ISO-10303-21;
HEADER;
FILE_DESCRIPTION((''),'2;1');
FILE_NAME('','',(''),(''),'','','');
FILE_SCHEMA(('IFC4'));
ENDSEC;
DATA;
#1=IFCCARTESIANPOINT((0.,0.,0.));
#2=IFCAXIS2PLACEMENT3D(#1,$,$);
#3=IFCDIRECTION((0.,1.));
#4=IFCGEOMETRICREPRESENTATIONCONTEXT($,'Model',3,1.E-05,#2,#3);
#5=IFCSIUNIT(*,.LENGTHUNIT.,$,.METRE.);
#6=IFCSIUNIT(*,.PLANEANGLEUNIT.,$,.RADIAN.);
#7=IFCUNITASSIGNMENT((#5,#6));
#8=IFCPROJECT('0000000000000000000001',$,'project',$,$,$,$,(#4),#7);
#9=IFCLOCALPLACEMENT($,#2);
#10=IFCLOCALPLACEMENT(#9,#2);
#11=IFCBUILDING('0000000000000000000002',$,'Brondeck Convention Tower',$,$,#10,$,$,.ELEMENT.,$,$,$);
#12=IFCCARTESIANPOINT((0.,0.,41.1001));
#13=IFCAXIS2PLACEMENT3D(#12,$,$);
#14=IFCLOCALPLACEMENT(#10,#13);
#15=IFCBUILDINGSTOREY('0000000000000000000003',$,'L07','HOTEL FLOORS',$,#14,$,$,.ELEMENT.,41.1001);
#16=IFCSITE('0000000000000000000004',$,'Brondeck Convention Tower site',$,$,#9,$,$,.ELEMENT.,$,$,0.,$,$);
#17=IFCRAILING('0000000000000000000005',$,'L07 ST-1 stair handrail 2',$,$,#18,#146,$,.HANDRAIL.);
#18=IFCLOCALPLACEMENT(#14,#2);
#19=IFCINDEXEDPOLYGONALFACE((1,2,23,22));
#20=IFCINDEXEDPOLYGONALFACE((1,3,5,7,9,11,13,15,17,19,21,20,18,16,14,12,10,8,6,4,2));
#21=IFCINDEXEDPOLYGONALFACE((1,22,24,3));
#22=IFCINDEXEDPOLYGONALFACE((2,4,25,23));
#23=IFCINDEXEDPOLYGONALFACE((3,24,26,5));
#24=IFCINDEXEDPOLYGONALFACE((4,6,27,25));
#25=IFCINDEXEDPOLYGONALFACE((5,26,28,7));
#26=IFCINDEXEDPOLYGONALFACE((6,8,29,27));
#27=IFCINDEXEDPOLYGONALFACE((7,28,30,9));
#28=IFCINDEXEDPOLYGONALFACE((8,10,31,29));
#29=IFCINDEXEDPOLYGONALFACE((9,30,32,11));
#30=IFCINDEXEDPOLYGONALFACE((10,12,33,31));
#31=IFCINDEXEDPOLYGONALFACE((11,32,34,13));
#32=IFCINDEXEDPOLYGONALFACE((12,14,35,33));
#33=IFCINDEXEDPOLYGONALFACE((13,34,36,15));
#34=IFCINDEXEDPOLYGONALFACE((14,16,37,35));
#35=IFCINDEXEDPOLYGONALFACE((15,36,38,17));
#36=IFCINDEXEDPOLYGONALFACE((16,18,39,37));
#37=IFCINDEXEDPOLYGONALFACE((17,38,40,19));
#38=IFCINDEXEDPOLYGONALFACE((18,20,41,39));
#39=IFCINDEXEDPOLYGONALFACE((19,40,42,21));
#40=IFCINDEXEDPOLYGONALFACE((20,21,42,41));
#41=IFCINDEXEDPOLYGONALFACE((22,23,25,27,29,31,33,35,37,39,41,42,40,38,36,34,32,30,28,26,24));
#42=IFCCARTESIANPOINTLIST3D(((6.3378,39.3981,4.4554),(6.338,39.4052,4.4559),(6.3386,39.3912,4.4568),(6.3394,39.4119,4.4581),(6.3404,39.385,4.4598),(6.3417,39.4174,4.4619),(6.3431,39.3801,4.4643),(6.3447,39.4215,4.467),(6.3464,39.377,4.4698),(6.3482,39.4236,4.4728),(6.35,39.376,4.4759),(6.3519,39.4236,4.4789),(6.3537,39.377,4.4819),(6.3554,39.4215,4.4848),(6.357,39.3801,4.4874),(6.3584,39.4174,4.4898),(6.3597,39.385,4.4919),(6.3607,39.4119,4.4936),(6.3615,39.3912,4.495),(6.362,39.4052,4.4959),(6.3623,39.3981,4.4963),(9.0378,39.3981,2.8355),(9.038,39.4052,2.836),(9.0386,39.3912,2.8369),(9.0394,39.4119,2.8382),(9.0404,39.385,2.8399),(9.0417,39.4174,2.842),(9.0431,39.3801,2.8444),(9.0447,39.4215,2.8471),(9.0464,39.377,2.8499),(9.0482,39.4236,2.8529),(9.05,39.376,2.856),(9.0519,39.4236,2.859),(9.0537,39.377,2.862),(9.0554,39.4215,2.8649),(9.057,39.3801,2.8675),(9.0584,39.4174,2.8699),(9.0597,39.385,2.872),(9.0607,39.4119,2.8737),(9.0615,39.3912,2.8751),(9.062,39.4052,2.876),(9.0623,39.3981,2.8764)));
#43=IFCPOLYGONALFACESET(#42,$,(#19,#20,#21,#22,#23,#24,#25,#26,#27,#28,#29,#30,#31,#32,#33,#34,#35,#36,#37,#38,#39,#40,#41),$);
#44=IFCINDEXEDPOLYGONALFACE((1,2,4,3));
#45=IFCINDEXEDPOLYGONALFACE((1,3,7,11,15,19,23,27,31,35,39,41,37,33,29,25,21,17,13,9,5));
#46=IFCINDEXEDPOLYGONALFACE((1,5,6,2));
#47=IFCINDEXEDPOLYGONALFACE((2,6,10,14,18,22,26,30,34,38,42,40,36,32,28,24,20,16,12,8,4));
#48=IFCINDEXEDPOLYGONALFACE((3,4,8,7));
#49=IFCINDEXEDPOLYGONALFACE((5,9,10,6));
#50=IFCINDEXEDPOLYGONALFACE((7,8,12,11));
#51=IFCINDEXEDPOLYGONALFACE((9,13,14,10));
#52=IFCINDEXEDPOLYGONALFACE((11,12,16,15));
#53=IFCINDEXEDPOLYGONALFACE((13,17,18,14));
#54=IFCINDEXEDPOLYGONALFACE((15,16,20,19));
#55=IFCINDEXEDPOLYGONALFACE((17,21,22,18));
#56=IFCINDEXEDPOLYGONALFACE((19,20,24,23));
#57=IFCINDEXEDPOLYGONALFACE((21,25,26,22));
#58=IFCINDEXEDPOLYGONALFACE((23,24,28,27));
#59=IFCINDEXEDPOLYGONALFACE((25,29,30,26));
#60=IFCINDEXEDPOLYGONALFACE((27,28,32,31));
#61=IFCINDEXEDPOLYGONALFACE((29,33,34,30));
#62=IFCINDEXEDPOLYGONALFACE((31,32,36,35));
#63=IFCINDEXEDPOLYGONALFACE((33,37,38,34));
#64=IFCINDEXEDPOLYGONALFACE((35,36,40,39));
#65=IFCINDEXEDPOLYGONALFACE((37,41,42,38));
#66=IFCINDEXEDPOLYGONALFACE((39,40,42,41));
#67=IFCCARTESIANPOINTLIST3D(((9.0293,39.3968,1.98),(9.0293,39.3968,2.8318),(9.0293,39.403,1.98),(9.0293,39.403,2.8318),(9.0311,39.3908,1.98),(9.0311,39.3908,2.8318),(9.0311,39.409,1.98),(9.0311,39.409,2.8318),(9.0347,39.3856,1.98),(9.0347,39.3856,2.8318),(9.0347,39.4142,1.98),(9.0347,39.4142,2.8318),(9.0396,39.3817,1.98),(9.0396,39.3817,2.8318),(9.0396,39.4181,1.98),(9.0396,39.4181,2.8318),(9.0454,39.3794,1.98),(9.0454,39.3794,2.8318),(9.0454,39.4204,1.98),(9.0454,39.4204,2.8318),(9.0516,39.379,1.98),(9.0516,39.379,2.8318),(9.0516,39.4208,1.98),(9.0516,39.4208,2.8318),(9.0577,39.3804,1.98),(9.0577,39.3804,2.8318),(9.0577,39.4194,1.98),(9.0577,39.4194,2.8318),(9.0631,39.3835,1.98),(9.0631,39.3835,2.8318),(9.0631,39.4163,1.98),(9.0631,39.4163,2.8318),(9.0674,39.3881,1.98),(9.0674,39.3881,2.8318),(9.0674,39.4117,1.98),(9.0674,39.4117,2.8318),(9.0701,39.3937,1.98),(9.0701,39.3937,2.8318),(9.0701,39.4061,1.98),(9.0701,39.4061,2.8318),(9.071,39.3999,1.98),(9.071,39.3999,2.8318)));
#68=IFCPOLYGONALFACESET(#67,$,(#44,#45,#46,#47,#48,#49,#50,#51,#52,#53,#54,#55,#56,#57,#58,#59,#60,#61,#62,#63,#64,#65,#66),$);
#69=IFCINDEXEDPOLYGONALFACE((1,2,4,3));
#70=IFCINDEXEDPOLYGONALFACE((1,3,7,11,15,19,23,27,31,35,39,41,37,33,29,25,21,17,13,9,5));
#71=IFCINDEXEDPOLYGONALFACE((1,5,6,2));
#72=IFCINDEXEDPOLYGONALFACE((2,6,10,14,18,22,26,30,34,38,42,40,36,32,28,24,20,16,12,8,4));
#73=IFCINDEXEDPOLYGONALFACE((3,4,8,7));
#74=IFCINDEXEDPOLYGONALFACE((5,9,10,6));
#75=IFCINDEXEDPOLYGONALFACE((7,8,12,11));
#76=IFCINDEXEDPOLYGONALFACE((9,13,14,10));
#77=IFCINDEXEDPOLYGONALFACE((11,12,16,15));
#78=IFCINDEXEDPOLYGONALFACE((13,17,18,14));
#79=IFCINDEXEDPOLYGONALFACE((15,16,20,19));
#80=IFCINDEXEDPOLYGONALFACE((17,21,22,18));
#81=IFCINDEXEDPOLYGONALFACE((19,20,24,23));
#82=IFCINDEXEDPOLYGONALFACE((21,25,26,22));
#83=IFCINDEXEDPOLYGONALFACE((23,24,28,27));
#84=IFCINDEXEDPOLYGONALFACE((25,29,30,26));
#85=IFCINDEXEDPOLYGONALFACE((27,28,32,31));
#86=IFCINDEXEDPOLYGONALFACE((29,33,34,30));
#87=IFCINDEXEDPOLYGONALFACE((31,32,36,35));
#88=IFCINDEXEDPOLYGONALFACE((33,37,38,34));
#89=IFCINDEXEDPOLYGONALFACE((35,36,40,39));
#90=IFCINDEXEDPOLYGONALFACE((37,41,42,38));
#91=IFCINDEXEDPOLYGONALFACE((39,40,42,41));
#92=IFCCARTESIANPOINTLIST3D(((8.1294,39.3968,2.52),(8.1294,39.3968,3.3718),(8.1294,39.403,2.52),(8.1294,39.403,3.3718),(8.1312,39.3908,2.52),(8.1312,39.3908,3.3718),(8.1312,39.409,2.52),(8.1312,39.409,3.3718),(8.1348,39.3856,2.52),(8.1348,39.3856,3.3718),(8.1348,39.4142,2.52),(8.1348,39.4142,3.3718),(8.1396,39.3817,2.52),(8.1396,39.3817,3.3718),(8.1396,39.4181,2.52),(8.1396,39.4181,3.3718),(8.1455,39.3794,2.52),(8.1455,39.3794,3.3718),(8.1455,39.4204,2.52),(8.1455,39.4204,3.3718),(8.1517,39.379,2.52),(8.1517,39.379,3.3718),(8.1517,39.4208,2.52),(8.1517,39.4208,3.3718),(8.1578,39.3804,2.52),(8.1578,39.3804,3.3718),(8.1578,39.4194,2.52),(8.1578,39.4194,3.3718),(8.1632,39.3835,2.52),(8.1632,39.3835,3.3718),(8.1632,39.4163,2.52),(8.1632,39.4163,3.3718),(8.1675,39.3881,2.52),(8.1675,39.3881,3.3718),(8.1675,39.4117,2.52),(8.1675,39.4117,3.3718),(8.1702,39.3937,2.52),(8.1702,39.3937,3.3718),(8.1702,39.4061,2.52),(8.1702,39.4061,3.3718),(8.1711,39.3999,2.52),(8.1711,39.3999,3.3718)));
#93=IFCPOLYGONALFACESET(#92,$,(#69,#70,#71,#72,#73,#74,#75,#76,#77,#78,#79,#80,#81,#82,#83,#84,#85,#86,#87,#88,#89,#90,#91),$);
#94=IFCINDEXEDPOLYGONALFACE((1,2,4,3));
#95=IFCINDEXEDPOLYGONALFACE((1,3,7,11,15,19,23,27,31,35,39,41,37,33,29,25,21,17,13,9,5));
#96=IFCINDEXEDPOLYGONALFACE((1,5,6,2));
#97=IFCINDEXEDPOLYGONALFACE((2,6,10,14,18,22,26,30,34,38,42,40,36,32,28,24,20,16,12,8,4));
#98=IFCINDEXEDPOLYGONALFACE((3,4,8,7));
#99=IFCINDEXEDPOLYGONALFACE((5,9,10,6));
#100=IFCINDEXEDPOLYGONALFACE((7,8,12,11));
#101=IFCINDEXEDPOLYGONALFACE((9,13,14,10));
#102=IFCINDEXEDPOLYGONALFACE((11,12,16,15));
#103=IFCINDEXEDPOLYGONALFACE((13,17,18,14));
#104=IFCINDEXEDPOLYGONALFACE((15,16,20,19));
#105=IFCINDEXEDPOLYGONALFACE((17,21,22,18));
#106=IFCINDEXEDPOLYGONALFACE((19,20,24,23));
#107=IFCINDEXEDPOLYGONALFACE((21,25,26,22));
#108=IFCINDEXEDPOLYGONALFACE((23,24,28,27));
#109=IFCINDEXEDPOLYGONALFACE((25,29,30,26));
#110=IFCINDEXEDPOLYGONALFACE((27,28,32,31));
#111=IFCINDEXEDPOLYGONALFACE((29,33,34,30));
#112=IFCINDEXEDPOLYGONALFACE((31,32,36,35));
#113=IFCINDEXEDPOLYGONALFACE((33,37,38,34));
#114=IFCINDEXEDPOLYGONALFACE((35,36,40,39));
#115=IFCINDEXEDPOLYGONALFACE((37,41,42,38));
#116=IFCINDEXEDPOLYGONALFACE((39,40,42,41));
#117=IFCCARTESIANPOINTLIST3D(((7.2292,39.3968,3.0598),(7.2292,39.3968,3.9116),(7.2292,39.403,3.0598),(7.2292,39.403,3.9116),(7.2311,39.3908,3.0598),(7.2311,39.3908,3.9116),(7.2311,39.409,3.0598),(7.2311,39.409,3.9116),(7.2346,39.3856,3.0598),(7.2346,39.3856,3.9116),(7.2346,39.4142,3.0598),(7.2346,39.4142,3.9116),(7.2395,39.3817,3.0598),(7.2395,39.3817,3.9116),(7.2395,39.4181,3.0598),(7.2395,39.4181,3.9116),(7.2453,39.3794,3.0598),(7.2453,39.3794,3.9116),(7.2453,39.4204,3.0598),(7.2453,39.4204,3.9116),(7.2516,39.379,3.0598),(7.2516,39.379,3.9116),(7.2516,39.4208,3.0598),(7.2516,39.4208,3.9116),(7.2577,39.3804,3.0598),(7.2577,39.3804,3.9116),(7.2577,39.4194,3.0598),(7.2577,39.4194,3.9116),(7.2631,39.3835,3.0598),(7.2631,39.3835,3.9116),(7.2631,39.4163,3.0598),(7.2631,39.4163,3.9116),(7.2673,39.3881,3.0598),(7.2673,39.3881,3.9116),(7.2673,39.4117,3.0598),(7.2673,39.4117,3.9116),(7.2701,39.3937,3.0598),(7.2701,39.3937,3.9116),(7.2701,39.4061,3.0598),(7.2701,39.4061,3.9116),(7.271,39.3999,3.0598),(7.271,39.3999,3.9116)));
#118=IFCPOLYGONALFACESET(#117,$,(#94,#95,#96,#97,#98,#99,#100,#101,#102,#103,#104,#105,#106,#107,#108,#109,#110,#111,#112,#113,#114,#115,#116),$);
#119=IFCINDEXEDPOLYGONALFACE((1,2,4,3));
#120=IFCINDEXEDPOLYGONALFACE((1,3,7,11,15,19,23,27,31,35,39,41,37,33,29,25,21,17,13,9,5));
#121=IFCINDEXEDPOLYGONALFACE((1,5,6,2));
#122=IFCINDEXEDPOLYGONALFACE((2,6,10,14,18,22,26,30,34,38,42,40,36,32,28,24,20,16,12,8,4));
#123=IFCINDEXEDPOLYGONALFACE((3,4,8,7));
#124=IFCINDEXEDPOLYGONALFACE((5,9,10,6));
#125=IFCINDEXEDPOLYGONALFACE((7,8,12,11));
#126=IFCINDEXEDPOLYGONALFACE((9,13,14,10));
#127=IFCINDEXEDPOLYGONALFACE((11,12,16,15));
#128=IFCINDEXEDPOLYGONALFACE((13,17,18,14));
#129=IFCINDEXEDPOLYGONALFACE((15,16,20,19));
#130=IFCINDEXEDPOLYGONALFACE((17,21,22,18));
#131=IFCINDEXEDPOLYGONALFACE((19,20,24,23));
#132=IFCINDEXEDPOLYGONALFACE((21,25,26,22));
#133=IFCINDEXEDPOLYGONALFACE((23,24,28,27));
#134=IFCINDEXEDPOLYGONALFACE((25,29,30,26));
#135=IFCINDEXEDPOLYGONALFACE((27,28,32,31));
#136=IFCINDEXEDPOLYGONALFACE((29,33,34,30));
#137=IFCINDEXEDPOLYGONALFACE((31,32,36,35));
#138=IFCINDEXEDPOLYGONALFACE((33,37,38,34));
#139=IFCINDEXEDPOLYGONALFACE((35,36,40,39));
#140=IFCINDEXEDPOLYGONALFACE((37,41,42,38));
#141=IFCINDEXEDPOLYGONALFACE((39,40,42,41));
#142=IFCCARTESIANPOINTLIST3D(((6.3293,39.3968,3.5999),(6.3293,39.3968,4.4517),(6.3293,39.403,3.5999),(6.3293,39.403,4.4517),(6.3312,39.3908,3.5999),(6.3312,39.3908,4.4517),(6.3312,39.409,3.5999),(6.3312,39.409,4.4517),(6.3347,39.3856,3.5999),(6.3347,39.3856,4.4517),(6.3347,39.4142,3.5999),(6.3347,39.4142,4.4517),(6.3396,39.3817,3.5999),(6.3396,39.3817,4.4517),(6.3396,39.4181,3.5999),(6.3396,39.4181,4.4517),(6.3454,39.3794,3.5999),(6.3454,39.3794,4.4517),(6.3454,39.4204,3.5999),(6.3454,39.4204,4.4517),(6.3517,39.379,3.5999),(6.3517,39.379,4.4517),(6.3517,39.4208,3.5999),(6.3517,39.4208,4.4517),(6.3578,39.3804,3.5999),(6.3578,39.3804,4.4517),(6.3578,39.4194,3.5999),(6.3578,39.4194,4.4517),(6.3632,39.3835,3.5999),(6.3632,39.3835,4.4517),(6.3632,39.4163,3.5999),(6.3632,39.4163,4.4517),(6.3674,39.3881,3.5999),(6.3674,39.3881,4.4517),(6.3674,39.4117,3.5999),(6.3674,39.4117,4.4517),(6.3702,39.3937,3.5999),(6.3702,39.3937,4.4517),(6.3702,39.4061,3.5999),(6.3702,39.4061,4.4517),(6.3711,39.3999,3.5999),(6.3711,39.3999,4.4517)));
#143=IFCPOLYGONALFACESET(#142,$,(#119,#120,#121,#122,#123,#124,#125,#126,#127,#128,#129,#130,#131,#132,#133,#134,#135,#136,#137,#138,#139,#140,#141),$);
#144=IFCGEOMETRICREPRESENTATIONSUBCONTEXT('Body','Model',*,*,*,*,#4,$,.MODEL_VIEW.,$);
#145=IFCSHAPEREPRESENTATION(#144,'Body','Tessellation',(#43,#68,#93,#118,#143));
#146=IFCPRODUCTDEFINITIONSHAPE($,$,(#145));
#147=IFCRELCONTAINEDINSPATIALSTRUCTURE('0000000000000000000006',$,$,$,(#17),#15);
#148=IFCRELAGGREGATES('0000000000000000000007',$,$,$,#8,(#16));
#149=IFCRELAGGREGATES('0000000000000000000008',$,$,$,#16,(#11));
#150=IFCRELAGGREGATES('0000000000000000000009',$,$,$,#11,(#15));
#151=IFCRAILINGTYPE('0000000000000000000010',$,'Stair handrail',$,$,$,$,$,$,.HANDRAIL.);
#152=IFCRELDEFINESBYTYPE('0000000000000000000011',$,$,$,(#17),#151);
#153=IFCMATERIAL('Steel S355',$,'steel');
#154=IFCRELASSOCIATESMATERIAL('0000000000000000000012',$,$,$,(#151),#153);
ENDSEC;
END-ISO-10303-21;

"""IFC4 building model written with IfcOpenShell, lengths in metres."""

from ifc_helpers import new_model, si_unit, direction, frame, origin, origin_2d, place, context, subcontext, project, spatial, circle, extrude, material, type_object, element, save


model = new_model("IFC4")

# Units and contexts
model_context = context("Model", 3, precision=1e-05, world=origin(), true_north=direction((0.0, 1.0)))
body_context = subcontext(model_context, "Body", "Model", "MODEL_VIEW")
ifc_project = project(units=[si_unit("LENGTHUNIT", "METRE"), si_unit("PLANEANGLEUNIT", "RADIAN")], contexts=[model_context])

# Site, building, storey
site_placement = place(None, origin())
site = spatial("IfcSite", under=ifc_project, at=site_placement, Name="Brondeck Convention Tower site", CompositionType="ELEMENT", RefElevation=0.0)
building_placement = place(site_placement, origin())
building = spatial("IfcBuilding", under=site, at=building_placement, Name="Brondeck Convention Tower", CompositionType="ELEMENT")
storey_placement = place(building_placement, frame((0.0, 0.0, 41.1001)))
storey = spatial("IfcBuildingStorey", under=building, at=storey_placement, Name="L07", Description="HOTEL FLOORS", CompositionType="ELEMENT", Elevation=41.1001)

# Shared definitions
ifc_material_1 = material(Name="Steel S355", Category="steel")

# Railing
railing_type = type_object("IfcRailingType", Name="Stair handrail", PredefinedType="HANDRAIL", material=ifc_material_1)
railing_placement = place(storey_placement, frame((9.05, 39.3999, 1.98)))
element("IfcRailing", 1, at=railing_placement, inside=storey, type_object=railing_type, Name="L07 ST-1 stair handrail 2", PredefinedType="HANDRAIL", context=body_context, shape_type="SweptSolid", body=[
    extrude(circle(Radius=0.0239, at=origin_2d()), frame((0.0, 0.0, 0.876), z_axis=(-0.857507, 0.0, 0.514473), x_axis=(0.0, -1.0, 0.0)), (0.0, 0.0, 1.0), 3.1487),
    extrude(circle(Radius=0.021, at=origin_2d()), origin(), (0.0, 0.0, 1.0), 0.8518),
    extrude(circle(Radius=0.021, at=origin_2d()), frame((-0.8999, 0.0, 0.54)), (0.0, 0.0, 1.0), 0.8518),
    extrude(circle(Radius=0.021, at=origin_2d()), frame((-1.8, 0.0, 1.0798)), (0.0, 0.0, 1.0), 0.8518),
    extrude(circle(Radius=0.021, at=origin_2d()), frame((-2.7, 0.0, 1.6199)), (0.0, 0.0, 1.0), 0.8518),
])

save(model, "model.ifc")
